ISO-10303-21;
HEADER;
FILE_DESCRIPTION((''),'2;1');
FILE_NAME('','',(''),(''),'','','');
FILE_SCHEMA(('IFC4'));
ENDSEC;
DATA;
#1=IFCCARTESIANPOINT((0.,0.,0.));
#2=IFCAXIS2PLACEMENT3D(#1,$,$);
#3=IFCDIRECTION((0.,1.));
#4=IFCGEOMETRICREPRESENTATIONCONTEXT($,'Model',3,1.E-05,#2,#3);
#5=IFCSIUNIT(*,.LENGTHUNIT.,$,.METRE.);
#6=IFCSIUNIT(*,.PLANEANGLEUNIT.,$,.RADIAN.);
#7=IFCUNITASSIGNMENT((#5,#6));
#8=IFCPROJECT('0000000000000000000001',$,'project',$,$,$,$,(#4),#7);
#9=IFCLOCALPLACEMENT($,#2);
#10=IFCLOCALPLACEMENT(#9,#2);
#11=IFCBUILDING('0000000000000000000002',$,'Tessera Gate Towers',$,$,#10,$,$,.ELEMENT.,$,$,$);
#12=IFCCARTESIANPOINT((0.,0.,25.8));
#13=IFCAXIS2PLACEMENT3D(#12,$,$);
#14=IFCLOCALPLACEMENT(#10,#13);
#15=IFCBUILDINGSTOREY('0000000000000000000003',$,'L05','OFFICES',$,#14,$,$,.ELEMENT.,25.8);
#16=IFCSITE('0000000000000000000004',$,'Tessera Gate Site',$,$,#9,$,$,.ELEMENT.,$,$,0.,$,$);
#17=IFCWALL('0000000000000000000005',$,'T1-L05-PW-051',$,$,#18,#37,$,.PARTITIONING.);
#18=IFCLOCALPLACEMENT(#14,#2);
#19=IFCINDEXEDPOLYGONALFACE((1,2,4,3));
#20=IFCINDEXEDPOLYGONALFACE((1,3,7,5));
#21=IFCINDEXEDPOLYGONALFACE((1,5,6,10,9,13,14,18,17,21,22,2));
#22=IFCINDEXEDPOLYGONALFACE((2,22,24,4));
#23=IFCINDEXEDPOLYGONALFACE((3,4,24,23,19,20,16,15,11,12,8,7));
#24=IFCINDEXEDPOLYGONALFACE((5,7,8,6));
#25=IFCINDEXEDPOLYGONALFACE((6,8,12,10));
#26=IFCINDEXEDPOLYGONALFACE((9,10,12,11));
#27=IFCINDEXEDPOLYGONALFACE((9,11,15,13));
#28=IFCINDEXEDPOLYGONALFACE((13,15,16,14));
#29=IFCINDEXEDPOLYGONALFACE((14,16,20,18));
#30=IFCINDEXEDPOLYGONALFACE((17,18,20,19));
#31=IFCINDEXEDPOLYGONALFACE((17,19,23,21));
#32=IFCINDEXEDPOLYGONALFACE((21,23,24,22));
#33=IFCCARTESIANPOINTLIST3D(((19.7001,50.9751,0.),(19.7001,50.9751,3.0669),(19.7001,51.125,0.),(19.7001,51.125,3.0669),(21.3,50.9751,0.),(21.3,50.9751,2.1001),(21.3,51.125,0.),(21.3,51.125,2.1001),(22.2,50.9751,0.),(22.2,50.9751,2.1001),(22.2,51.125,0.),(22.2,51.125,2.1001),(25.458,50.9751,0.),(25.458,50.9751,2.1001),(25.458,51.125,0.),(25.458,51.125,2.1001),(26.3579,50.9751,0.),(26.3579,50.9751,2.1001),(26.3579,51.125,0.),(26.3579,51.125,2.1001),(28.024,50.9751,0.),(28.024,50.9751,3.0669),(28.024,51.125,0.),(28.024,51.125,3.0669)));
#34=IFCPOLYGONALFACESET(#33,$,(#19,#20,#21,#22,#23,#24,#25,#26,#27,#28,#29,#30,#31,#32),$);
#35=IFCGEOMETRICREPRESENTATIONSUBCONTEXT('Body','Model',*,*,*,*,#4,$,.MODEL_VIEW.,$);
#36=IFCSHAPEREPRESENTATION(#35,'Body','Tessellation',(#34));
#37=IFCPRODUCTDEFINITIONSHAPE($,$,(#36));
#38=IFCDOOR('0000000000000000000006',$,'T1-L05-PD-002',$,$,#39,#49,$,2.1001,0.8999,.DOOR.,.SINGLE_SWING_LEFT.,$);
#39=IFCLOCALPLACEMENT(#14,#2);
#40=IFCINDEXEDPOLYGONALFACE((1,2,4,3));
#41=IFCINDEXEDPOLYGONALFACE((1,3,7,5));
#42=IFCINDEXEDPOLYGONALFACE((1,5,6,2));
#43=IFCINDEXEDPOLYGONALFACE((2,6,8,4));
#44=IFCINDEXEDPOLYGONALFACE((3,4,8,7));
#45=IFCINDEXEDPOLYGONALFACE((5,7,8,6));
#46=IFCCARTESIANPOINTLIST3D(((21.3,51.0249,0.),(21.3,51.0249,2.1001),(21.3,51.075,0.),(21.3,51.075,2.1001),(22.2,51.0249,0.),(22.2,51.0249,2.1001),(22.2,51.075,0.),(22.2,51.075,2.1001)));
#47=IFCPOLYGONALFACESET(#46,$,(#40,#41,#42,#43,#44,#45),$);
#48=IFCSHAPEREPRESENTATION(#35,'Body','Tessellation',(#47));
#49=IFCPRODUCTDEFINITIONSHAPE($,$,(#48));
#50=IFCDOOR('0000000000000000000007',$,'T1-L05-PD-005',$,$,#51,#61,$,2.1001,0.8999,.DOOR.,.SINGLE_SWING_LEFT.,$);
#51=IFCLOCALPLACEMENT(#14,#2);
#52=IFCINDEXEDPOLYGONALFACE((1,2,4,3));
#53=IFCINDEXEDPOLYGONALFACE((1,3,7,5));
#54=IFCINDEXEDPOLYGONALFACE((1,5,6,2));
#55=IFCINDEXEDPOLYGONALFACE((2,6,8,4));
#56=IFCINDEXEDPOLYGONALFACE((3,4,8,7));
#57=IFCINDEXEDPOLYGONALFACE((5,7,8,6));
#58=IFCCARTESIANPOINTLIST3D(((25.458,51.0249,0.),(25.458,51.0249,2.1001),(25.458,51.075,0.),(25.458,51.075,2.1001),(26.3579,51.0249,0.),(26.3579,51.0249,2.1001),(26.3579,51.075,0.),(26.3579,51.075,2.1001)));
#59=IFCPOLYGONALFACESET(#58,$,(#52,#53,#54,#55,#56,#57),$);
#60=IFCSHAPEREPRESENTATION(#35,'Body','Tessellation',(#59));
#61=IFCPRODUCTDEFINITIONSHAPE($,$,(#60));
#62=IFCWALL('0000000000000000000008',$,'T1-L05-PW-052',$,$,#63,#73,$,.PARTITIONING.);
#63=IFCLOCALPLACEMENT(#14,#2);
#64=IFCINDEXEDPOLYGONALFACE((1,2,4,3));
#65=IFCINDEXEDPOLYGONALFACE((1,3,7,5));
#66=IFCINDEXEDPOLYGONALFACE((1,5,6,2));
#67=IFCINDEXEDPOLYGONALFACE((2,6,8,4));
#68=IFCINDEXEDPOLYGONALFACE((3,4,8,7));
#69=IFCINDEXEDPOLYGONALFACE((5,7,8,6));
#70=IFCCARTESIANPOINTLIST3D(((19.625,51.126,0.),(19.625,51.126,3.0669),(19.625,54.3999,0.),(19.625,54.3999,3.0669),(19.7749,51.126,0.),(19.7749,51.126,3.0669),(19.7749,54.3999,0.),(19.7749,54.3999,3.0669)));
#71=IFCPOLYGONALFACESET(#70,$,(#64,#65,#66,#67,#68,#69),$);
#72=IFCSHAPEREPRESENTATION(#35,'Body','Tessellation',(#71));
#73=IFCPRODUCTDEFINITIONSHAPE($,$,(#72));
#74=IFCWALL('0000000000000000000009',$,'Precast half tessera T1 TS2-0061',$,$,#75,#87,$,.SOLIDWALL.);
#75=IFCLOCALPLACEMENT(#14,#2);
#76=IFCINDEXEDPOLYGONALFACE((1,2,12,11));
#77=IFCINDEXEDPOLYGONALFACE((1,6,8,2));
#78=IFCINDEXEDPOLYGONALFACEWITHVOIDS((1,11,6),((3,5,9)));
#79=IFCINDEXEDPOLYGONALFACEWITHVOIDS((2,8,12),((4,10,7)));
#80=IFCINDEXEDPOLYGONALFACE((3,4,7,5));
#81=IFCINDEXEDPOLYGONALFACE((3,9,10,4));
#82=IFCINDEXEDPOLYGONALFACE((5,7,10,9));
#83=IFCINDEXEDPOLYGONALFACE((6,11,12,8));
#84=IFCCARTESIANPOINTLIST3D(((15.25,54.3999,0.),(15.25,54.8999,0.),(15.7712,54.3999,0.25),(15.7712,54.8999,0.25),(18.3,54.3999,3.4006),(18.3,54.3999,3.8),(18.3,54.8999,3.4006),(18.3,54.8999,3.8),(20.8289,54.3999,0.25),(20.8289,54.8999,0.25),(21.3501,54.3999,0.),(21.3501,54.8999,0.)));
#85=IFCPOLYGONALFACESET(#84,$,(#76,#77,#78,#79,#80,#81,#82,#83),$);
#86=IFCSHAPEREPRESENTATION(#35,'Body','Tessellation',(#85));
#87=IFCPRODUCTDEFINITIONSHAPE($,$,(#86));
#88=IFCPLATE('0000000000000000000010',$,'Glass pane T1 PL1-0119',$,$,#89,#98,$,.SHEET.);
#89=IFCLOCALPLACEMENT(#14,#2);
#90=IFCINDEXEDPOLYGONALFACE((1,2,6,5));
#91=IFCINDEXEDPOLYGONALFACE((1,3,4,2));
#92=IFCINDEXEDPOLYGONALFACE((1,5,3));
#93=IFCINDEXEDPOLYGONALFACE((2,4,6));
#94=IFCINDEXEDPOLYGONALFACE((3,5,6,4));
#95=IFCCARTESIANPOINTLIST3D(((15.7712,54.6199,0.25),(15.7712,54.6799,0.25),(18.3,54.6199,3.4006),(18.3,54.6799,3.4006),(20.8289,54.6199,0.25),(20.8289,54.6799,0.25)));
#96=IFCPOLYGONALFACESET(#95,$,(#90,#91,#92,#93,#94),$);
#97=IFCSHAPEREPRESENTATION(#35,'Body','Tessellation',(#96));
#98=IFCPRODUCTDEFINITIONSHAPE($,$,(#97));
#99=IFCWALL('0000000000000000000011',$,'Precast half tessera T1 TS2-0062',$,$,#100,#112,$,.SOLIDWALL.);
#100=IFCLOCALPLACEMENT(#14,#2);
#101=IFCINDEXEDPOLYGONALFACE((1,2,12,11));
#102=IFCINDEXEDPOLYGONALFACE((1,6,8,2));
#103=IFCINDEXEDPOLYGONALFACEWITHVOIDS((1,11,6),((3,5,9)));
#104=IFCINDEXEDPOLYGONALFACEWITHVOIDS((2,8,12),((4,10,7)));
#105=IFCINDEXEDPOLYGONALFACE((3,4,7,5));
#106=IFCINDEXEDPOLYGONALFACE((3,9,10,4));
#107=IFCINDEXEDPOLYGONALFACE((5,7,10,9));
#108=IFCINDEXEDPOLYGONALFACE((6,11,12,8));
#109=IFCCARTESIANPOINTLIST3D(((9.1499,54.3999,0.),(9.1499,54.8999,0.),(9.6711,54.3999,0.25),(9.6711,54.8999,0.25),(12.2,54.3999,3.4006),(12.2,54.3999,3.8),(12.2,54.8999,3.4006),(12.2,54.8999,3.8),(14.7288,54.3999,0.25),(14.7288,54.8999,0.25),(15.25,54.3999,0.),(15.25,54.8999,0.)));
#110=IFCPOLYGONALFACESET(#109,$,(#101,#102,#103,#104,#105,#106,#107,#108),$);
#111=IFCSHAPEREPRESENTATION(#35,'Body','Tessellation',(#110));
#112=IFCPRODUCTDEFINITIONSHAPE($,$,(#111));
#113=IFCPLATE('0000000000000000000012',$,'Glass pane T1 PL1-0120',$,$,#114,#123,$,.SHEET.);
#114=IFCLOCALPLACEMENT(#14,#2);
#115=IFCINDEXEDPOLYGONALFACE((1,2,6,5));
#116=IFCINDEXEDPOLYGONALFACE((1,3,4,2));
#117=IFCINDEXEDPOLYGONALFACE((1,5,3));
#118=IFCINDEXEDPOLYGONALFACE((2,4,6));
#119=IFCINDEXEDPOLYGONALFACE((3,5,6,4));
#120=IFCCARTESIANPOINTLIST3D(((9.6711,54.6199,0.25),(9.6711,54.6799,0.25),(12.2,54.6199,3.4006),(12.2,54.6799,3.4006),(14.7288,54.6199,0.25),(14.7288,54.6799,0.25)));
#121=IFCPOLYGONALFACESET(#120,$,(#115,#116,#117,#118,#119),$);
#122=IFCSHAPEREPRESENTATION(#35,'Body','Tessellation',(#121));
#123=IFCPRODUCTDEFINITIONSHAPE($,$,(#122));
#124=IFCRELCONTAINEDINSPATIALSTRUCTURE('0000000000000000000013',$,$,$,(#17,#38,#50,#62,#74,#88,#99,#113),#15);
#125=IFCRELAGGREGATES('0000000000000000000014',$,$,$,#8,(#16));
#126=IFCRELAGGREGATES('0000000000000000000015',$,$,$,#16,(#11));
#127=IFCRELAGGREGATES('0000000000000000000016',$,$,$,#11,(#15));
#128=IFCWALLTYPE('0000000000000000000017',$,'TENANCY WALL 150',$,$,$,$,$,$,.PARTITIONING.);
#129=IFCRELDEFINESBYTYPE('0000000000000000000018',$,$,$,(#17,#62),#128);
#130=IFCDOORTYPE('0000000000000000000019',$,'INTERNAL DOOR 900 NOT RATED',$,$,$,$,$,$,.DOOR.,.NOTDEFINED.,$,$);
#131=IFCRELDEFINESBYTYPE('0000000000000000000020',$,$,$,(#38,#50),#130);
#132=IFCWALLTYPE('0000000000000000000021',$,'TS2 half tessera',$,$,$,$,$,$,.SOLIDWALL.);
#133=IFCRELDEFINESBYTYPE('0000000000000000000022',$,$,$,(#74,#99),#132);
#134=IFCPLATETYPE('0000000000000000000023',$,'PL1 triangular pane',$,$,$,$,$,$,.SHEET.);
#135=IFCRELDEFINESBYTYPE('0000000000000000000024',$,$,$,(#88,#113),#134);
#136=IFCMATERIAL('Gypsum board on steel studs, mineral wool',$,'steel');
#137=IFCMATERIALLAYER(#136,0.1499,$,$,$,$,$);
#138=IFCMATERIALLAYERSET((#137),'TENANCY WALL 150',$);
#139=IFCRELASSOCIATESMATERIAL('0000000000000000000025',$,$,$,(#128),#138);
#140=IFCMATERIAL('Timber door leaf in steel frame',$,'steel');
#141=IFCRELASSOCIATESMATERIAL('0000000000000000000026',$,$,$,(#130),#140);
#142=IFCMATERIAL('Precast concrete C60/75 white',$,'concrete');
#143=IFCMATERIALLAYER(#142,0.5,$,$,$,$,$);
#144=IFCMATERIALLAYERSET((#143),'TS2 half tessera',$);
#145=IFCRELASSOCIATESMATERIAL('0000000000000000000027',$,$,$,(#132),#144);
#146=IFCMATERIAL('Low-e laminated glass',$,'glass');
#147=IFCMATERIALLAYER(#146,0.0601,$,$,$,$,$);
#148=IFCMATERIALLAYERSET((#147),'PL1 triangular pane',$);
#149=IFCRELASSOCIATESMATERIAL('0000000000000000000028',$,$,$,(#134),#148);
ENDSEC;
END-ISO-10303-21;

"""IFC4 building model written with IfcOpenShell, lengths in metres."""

from ifc_helpers import new_model, si_unit, direction, frame, frame_2d, origin, place, context, subcontext, project, spatial, polyline, rectangle, outline, extrude, source, transform, mapped, material, layer, layer_set, type_object, element, fill, save


model = new_model("IFC4")

# Units and contexts
model_context = context("Model", 3, precision=1e-05, world=origin(), true_north=direction((0.0, 1.0)))
body_context = subcontext(model_context, "Body", "Model", "MODEL_VIEW")
ifc_project = project(units=[si_unit("LENGTHUNIT", "METRE"), si_unit("PLANEANGLEUNIT", "RADIAN")], contexts=[model_context])

# Site, building, storey
site_placement = place(None, origin())
site = spatial("IfcSite", under=ifc_project, at=site_placement, Name="Tessera Gate Site", CompositionType="ELEMENT", RefElevation=0.0)
building_placement = place(site_placement, origin())
building = spatial("IfcBuilding", under=site, at=building_placement, Name="Tessera Gate Towers", CompositionType="ELEMENT")
storey_placement = place(building_placement, frame((0.0, 0.0, 25.8)))
storey = spatial("IfcBuildingStorey", under=building, at=storey_placement, Name="L05", Description="OFFICES", CompositionType="ELEMENT", Elevation=25.8)

# Shared definitions
ifc_material_1 = material(Name="Gypsum board on steel studs, mineral wool", Category="steel")
ifc_layer_1 = layer(ifc_material_1, 0.1499)
ifc_layer_set_1 = layer_set([ifc_layer_1], Name="TENANCY WALL 150")
wall_type_1 = type_object("IfcWallType", Name="TENANCY WALL 150", PredefinedType="PARTITIONING", material=ifc_layer_set_1)

# Wall, openings, doors
wall_1_placement = place(storey_placement, frame((19.7, 51.05, 0.0), z_axis=(0.0, 0.0, 1.0), x_axis=(1.0, 0.0, 0.0)))
wall_1 = element("IfcWall", 1, at=wall_1_placement, inside=storey, type_object=wall_type_1, Name="T1-L05-PW-051", PredefinedType="PARTITIONING", context=body_context, shape_type="SweptSolid", body=[
    extrude(rectangle(XDim=8.324, YDim=0.1499, at=frame_2d((4.1621, 0.0))), origin(), (0.0, 0.0, 1.0), 3.0669),
])
shared_shape_1 = source(origin(), body_context, "Body", "SweptSolid", [
    extrude(rectangle(XDim=0.8999, YDim=2.1001, at=frame_2d((0.45, 1.05))), frame((0.0, 0.085, 0.0), z_axis=(0.0, -1.0, 0.0), x_axis=(1.0, 0.0, 0.0)), (0.0, 0.0, 1.0), 0.1699),
])
opening_1_placement = place(wall_1_placement, frame((1.6001, 0.0, 0.0)))
opening_1 = element("IfcOpeningElement", 2, at=opening_1_placement, cuts=wall_1, PredefinedType="OPENING", context=body_context, shape_type="MappedRepresentation", body=[
    mapped(shared_shape_1, transform((0.0, 0.0, 0.0), scale=1.0)),
])
opening_2_placement = place(wall_1_placement, frame((5.7581, 0.0, 0.0)))
opening_2 = element("IfcOpeningElement", 3, at=opening_2_placement, cuts=wall_1, PredefinedType="OPENING", context=body_context, shape_type="MappedRepresentation", body=[
    mapped(shared_shape_1, transform((0.0, 0.0, 0.0), scale=1.0)),
])
ifc_material_2 = material(Name="Timber door leaf in steel frame", Category="steel")
door_type = type_object("IfcDoorType", Name="INTERNAL DOOR 900 NOT RATED", OperationType="NOTDEFINED", PredefinedType="DOOR", material=ifc_material_2)
shared_shape_2 = source(origin(), body_context, "Body", "SweptSolid", [
    extrude(rectangle(XDim=0.8999, YDim=2.1001, at=frame_2d((0.45, 1.05))), frame((0.0, 0.0249, 0.0), z_axis=(0.0, -1.0, 0.0), x_axis=(1.0, 0.0, 0.0)), (0.0, 0.0, 1.0), 0.05),
])
door_1_placement = place(opening_1_placement, origin())
door_1 = element("IfcDoor", 4, at=door_1_placement, inside=storey, type_object=door_type, Name="T1-L05-PD-002", OperationType="SINGLE_SWING_LEFT", OverallHeight=2.1001, OverallWidth=0.8999, PredefinedType="DOOR", context=body_context, shape_type="MappedRepresentation", body=[
    mapped(shared_shape_2, transform((0.0, 0.0, 0.0), scale=1.0)),
])
fill(opening_1, door_1)
door_2_placement = place(opening_2_placement, origin())
door_2 = element("IfcDoor", 5, at=door_2_placement, inside=storey, type_object=door_type, Name="T1-L05-PD-005", OperationType="SINGLE_SWING_LEFT", OverallHeight=2.1001, OverallWidth=0.8999, PredefinedType="DOOR", context=body_context, shape_type="MappedRepresentation", body=[
    mapped(shared_shape_2, transform((0.0, 0.0, 0.0), scale=1.0)),
])
fill(opening_2, door_2)

# Wall
wall_2_placement = place(storey_placement, frame((19.7, 51.126, 0.0), z_axis=(0.0, 0.0, 1.0), x_axis=(0.0, 1.0, 0.0)))
element("IfcWall", 6, at=wall_2_placement, inside=storey, type_object=wall_type_1, Name="T1-L05-PW-052", PredefinedType="PARTITIONING", context=body_context, shape_type="SweptSolid", body=[
    extrude(rectangle(XDim=3.2739, YDim=0.1499, at=frame_2d((1.637, 0.0))), origin(), (0.0, 0.0, 1.0), 3.0669),
])

# Walls, openings, plates
ifc_material_3 = material(Name="Precast concrete C60/75 white", Category="concrete")
ifc_layer_2 = layer(ifc_material_3, 0.5)
ifc_layer_set_2 = layer_set([ifc_layer_2], Name="TS2 half tessera")
wall_type_2 = type_object("IfcWallType", Name="TS2 half tessera", PredefinedType="SOLIDWALL", material=ifc_layer_set_2)
shared_shape_3 = source(origin(), body_context, "Body", "SweptSolid", [
    extrude(outline(polyline([(6.1001, 0.0), (3.05, 3.8), (0.0, 0.0), (6.1001, 0.0)])), frame((0.0, 0.25, 0.0), z_axis=(0.0, -1.0, 0.0), x_axis=(1.0, 0.0, 0.0)), (0.0, 0.0, 1.0), 0.5),
])
wall_3_placement = place(storey_placement, frame((21.3501, 54.6499, 0.0), z_axis=(0.0, 0.0, 1.0), x_axis=(-1.0, 0.0, 0.0)))
wall_3 = element("IfcWall", 7, at=wall_3_placement, inside=storey, type_object=wall_type_2, Name="Precast half tessera T1 TS2-0061", PredefinedType="SOLIDWALL", context=body_context, shape_type="MappedRepresentation", body=[
    mapped(shared_shape_3, transform((0.0, 0.0, 0.0), scale=1.0)),
])
shared_shape_4 = source(origin(), body_context, "Body", "SweptSolid", [
    extrude(outline(polyline([(5.5789, 0.25), (3.05, 3.4006), (0.5212, 0.25), (5.5789, 0.25)])), frame((0.0, 0.26, 0.0), z_axis=(0.0, -1.0, 0.0), x_axis=(1.0, 0.0, 0.0)), (0.0, 0.0, 1.0), 0.52),
])
opening_3_placement = place(wall_3_placement, origin())
opening_3 = element("IfcOpeningElement", 8, at=opening_3_placement, cuts=wall_3, PredefinedType="OPENING", context=body_context, shape_type="MappedRepresentation", body=[
    mapped(shared_shape_4, transform((0.0, 0.0, 0.0), scale=1.0)),
])
ifc_material_4 = material(Name="Low-e laminated glass", Category="glass")
ifc_layer_3 = layer(ifc_material_4, 0.0601)
ifc_layer_set_3 = layer_set([ifc_layer_3], Name="PL1 triangular pane")
plate_type = type_object("IfcPlateType", Name="PL1 triangular pane", PredefinedType="SHEET", material=ifc_layer_set_3)
shared_shape_5 = source(origin(), body_context, "Body", "SweptSolid", [
    extrude(outline(polyline([(5.5789, 0.25), (3.05, 3.4006), (0.5212, 0.25), (5.5789, 0.25)])), frame((0.0, 0.03, 0.0), z_axis=(0.0, -1.0, 0.0), x_axis=(1.0, 0.0, 0.0)), (0.0, 0.0, 1.0), 0.0601),
])
plate_1_placement = place(opening_3_placement, origin())
plate_1 = element("IfcPlate", 9, at=plate_1_placement, inside=storey, type_object=plate_type, Name="Glass pane T1 PL1-0119", PredefinedType="SHEET", context=body_context, shape_type="MappedRepresentation", body=[
    mapped(shared_shape_5, transform((0.0, 0.0, 0.0), scale=1.0)),
])
fill(opening_3, plate_1)
wall_4_placement = place(storey_placement, frame((15.25, 54.6499, 0.0), z_axis=(0.0, 0.0, 1.0), x_axis=(-1.0, 0.0, 0.0)))
wall_4 = element("IfcWall", 10, at=wall_4_placement, inside=storey, type_object=wall_type_2, Name="Precast half tessera T1 TS2-0062", PredefinedType="SOLIDWALL", context=body_context, shape_type="MappedRepresentation", body=[
    mapped(shared_shape_3, transform((0.0, 0.0, 0.0), scale=1.0)),
])
opening_4_placement = place(wall_4_placement, origin())
opening_4 = element("IfcOpeningElement", 11, at=opening_4_placement, cuts=wall_4, PredefinedType="OPENING", context=body_context, shape_type="MappedRepresentation", body=[
    mapped(shared_shape_4, transform((0.0, 0.0, 0.0), scale=1.0)),
])
plate_2_placement = place(opening_4_placement, origin())
plate_2 = element("IfcPlate", 12, at=plate_2_placement, inside=storey, type_object=plate_type, Name="Glass pane T1 PL1-0120", PredefinedType="SHEET", context=body_context, shape_type="MappedRepresentation", body=[
    mapped(shared_shape_5, transform((0.0, 0.0, 0.0), scale=1.0)),
])
fill(opening_4, plate_2)

save(model, "model.ifc")
